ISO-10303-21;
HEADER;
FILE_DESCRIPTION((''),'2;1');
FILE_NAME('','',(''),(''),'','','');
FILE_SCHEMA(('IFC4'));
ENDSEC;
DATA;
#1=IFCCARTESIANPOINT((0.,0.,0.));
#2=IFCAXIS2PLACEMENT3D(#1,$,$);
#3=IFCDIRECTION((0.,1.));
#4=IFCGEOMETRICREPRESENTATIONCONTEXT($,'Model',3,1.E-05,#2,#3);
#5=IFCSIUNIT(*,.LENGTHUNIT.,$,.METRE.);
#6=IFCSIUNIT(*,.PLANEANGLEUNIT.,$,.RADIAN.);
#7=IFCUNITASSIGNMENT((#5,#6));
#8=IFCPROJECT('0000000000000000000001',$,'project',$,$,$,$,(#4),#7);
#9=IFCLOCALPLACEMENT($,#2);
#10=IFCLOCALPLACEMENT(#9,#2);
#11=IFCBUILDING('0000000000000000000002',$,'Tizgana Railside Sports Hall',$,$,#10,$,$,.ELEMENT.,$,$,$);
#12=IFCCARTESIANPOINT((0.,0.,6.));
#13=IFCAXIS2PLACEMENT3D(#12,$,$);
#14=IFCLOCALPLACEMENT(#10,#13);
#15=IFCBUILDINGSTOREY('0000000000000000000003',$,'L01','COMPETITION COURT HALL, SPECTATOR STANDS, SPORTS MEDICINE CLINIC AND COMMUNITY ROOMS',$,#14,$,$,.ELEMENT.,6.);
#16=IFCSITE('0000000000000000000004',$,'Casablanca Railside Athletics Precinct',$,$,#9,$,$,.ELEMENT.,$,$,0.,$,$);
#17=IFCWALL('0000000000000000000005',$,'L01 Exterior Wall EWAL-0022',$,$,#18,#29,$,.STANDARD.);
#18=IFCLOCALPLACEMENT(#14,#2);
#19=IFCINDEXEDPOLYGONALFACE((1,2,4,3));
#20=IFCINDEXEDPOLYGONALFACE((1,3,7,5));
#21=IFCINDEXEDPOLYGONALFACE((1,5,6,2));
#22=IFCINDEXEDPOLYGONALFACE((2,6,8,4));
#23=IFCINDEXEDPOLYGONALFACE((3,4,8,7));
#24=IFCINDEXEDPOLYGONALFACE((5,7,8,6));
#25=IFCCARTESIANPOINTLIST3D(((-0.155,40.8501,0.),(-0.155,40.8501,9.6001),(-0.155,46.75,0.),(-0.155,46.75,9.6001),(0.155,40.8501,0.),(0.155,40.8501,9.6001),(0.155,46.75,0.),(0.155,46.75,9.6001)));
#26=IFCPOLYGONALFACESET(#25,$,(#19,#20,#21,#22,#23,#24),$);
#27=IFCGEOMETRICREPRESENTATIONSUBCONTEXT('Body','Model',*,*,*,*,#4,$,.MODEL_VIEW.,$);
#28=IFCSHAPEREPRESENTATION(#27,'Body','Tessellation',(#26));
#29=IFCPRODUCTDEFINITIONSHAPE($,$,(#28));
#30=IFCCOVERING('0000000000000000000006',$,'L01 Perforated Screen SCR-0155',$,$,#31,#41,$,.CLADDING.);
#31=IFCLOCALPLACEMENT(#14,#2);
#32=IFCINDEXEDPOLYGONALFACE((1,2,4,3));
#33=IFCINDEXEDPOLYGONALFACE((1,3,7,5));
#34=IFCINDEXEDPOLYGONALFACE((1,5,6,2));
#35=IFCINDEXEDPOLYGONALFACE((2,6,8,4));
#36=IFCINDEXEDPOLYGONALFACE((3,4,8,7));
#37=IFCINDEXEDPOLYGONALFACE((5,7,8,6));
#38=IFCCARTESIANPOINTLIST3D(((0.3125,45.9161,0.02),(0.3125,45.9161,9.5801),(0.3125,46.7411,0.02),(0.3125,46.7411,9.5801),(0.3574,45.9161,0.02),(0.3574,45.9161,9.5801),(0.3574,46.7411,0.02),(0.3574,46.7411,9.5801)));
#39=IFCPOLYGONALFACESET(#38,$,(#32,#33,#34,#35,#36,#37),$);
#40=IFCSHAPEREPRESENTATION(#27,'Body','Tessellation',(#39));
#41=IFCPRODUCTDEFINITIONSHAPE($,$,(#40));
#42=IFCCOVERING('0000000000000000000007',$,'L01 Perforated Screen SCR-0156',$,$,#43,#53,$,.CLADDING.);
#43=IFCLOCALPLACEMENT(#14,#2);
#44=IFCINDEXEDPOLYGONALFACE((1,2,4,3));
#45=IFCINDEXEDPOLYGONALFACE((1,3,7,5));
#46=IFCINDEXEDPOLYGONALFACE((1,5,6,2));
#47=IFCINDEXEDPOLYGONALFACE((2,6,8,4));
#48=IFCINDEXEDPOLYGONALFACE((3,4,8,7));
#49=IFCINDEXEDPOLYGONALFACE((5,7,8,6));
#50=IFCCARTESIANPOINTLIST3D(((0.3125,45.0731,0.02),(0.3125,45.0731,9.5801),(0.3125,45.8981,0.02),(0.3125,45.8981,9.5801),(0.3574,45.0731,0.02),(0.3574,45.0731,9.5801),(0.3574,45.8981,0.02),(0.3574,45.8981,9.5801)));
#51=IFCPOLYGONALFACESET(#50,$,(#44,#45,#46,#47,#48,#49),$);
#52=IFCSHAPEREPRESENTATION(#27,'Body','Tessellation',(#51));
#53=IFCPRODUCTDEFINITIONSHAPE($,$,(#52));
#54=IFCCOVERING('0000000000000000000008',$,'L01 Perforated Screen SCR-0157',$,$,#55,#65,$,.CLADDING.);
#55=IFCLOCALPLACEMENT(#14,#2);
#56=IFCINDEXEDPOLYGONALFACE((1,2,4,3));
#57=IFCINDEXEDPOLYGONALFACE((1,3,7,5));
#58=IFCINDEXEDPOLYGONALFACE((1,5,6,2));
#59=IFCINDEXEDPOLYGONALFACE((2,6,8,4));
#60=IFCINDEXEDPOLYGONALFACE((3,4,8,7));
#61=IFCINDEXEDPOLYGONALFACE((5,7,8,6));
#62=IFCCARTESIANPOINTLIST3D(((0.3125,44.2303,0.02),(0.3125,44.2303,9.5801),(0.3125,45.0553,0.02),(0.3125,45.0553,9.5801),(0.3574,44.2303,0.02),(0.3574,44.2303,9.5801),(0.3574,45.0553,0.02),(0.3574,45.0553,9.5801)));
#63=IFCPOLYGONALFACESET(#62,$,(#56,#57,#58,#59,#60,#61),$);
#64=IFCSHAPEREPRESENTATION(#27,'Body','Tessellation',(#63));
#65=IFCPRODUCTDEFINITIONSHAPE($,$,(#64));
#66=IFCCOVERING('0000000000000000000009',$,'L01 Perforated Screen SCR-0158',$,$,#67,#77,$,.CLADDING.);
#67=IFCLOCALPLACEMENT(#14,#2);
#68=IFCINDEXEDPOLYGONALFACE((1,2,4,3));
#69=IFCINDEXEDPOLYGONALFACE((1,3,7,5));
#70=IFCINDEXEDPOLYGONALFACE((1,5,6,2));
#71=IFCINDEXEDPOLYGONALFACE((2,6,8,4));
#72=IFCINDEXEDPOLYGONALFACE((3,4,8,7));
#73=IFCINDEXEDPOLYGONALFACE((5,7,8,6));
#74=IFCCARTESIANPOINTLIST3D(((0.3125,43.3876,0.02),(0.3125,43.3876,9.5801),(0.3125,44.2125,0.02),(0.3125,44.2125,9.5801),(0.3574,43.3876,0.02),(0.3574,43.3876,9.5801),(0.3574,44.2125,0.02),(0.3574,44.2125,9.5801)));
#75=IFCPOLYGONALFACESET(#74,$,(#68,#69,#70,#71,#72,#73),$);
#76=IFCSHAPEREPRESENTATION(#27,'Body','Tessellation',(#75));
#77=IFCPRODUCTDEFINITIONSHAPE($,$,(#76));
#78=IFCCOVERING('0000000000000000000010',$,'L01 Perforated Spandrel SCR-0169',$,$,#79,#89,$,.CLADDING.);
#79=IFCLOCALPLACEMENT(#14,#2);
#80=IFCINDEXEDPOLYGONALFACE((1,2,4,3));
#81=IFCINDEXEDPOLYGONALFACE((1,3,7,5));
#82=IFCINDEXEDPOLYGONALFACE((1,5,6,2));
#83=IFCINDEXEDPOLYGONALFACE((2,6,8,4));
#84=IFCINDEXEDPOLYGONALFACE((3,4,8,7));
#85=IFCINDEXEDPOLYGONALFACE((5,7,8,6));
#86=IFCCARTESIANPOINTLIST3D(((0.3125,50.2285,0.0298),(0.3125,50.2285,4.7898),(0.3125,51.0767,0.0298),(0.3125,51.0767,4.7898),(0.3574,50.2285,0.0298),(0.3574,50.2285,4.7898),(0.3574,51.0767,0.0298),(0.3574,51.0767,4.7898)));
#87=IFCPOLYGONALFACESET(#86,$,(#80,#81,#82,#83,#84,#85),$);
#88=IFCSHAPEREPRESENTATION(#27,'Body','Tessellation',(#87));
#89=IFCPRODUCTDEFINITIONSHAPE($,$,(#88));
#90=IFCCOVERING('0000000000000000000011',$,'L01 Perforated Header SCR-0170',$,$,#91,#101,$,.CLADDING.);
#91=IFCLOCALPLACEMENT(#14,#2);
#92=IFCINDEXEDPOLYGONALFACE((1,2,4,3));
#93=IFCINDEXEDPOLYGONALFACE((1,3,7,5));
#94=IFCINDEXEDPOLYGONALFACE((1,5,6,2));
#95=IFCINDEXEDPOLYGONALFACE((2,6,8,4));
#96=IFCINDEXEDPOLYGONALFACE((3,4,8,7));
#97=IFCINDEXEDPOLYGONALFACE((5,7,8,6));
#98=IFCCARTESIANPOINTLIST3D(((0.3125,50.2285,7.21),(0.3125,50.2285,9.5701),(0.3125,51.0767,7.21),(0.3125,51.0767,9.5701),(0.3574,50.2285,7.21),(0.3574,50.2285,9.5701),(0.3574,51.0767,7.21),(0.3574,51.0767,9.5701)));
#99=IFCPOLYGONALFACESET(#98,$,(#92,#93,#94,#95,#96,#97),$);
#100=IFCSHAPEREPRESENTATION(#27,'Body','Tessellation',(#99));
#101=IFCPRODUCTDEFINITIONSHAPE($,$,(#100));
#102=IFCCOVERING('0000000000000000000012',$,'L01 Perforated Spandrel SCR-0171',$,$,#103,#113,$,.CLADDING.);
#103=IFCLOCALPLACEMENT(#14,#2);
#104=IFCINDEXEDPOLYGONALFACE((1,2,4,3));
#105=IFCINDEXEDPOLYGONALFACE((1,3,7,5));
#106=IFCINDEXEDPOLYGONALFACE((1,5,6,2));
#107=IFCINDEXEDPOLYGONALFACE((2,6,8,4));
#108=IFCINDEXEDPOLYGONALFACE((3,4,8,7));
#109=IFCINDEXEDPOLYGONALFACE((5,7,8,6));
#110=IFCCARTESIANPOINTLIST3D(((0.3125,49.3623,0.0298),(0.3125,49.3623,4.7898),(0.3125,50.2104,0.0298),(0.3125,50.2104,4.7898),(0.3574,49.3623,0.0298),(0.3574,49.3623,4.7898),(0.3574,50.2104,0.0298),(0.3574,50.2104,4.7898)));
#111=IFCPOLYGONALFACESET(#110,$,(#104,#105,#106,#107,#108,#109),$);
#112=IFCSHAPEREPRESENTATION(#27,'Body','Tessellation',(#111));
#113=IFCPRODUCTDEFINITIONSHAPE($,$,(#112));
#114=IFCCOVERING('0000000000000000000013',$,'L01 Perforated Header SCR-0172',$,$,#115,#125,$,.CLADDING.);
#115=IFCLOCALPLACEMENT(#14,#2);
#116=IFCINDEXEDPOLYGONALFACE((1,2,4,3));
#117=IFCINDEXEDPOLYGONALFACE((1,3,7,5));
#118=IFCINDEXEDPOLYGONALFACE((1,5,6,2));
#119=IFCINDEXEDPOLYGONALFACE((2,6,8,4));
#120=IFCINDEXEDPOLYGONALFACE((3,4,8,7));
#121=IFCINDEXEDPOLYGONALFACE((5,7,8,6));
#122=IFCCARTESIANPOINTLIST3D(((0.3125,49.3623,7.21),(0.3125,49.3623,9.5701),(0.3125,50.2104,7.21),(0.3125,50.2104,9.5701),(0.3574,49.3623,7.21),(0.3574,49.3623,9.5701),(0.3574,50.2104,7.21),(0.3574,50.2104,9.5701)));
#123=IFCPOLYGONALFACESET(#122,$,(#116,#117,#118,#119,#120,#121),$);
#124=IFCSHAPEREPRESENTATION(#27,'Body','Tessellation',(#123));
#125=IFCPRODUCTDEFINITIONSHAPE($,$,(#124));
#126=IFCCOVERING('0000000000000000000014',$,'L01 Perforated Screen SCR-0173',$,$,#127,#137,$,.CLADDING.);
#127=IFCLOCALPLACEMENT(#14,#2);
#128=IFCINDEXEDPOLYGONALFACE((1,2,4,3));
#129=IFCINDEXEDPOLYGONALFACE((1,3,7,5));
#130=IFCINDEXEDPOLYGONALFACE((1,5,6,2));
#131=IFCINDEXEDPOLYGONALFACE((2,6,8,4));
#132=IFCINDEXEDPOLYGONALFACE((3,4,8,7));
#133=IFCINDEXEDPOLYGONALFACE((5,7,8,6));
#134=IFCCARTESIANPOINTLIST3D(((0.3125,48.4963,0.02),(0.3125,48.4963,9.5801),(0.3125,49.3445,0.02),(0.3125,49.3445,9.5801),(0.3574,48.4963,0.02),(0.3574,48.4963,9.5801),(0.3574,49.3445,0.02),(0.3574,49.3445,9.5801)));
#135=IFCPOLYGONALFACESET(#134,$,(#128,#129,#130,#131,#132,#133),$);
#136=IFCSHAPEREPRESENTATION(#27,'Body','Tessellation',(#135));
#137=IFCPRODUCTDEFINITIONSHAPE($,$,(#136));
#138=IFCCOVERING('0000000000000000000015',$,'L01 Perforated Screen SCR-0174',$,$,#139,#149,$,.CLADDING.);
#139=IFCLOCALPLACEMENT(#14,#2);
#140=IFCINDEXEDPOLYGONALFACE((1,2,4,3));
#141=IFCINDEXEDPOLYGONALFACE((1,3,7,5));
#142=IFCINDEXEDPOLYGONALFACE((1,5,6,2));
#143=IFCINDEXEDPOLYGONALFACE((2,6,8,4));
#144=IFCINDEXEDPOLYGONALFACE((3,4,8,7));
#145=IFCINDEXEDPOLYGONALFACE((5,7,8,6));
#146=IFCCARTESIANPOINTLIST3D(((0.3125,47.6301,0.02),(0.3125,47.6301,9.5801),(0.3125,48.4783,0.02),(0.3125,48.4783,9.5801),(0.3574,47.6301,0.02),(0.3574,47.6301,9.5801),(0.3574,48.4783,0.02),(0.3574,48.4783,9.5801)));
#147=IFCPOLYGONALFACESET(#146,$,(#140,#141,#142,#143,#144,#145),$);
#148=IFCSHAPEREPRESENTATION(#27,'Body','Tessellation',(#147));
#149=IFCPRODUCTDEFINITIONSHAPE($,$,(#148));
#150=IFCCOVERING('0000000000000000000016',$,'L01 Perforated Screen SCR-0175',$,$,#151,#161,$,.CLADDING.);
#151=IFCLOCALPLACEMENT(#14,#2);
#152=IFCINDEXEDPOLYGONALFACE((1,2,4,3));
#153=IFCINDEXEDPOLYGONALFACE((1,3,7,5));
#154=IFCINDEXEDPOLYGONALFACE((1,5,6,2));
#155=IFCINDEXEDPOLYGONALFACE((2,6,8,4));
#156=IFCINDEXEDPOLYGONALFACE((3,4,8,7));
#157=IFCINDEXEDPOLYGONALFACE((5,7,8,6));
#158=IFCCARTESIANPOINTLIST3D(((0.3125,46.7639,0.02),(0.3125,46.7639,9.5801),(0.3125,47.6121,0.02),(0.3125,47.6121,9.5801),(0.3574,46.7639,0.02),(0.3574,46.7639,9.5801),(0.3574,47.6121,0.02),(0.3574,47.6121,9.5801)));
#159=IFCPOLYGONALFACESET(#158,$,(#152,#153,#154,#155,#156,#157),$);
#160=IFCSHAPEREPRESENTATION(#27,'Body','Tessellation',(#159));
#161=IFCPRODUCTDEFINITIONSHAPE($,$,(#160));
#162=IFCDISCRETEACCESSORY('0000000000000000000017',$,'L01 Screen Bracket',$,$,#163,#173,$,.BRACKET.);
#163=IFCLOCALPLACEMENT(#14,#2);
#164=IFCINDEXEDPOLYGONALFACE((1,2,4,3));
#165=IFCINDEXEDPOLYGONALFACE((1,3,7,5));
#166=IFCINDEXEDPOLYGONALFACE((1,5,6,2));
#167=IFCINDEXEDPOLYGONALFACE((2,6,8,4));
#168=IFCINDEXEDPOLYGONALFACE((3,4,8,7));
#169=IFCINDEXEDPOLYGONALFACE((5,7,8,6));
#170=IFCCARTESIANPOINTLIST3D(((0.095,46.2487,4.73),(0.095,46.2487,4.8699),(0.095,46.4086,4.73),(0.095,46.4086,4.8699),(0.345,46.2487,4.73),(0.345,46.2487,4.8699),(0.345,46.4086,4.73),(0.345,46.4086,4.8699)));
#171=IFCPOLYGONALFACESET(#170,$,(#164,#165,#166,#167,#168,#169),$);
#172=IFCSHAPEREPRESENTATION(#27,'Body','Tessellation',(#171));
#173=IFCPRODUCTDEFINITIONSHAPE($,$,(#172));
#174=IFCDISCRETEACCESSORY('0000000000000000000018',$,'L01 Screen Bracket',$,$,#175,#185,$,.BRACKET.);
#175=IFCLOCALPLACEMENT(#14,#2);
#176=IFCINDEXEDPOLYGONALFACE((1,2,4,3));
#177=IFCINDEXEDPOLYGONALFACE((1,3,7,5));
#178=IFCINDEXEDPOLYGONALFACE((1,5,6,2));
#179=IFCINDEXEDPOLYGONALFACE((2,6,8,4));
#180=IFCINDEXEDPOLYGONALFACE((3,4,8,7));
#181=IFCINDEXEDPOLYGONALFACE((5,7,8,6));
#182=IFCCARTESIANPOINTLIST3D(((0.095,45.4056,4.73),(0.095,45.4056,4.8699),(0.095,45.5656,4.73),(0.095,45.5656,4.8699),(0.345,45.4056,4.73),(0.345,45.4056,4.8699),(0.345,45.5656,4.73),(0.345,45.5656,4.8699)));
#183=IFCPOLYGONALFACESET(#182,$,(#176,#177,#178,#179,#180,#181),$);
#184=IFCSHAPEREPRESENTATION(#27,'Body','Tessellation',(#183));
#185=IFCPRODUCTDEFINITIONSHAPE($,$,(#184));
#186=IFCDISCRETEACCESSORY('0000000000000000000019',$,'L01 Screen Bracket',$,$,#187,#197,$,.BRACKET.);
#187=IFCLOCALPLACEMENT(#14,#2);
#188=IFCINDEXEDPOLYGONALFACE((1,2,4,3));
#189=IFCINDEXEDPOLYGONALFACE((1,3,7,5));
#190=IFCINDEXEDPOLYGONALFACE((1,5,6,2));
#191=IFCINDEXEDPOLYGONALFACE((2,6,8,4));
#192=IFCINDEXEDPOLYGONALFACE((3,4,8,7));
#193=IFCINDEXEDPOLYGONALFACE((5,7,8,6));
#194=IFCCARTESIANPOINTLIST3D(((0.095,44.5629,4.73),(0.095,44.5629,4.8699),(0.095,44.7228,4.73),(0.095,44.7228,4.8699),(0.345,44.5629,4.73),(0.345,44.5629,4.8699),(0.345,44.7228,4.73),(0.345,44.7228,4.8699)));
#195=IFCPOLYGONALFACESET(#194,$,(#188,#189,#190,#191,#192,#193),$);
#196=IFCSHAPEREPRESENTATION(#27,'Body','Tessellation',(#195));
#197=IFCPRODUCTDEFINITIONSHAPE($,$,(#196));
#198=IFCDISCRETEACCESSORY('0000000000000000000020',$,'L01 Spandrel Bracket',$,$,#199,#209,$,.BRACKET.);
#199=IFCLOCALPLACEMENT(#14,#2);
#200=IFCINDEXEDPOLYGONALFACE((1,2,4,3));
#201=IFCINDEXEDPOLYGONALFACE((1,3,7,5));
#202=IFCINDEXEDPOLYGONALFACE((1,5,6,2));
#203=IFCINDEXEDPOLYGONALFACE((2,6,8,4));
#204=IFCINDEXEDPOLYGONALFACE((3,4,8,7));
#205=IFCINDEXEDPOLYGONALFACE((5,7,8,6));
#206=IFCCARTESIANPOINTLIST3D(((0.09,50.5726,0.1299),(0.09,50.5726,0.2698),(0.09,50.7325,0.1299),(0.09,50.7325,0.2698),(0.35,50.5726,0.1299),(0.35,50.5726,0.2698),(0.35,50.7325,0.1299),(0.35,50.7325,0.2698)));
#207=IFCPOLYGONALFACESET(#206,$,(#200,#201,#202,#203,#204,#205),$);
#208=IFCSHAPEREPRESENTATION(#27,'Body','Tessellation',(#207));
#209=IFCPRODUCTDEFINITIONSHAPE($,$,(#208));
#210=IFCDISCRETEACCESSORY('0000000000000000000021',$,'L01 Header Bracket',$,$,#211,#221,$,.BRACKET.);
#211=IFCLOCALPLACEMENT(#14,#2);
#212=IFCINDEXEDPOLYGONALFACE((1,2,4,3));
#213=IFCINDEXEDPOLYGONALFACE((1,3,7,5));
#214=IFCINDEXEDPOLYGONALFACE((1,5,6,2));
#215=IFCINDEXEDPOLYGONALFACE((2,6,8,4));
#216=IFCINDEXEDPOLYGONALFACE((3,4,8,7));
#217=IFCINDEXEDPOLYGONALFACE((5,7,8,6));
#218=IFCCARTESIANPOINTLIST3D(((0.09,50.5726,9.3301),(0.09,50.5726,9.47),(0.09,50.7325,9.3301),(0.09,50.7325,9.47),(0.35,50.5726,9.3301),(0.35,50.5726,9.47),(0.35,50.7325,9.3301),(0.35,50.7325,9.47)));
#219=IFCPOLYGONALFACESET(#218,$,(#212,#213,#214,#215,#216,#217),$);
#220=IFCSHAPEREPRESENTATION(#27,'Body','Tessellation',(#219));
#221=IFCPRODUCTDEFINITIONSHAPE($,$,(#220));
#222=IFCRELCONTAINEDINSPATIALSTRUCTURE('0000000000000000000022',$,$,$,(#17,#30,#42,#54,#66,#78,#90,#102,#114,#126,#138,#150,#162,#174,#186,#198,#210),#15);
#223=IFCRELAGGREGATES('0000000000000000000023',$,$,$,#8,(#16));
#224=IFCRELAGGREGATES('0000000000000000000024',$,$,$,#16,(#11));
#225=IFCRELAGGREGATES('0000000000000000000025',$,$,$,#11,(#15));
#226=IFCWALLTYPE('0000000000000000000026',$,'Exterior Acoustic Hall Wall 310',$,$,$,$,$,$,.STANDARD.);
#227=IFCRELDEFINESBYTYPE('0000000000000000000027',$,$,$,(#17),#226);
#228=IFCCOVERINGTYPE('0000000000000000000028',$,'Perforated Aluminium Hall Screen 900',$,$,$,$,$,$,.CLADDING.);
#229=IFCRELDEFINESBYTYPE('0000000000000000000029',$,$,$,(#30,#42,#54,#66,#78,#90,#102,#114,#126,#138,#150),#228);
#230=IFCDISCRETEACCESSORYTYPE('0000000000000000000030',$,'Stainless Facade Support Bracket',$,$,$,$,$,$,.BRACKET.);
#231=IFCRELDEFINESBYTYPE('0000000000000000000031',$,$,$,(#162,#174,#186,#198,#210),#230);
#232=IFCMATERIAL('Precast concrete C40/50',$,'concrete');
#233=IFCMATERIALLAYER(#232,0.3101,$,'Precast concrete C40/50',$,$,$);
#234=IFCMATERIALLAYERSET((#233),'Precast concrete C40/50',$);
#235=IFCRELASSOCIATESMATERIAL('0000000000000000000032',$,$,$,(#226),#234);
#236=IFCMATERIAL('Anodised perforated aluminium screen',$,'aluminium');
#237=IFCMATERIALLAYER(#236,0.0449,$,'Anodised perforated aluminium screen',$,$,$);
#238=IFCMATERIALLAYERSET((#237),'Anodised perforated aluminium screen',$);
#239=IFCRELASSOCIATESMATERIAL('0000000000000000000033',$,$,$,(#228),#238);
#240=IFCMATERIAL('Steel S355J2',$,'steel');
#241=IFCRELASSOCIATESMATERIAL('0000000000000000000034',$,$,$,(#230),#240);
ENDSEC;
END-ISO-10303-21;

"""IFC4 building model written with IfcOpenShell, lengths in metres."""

from ifc_helpers import new_model, si_unit, direction, frame, frame_2d, origin, origin_2d, place, context, subcontext, project, spatial, rectangle, extrude, material, layer, layer_set, type_object, element, save


model = new_model("IFC4")

# Units and contexts
model_context = context("Model", 3, precision=1e-05, world=origin(), true_north=direction((0.0, 1.0)))
body_context = subcontext(model_context, "Body", "Model", "MODEL_VIEW")
ifc_project = project(units=[si_unit("LENGTHUNIT", "METRE"), si_unit("PLANEANGLEUNIT", "RADIAN")], contexts=[model_context])

# Site, building, storey
site_placement = place(None, origin())
site = spatial("IfcSite", under=ifc_project, at=site_placement, Name="Casablanca Railside Athletics Precinct", CompositionType="ELEMENT", RefElevation=0.0)
building_placement = place(site_placement, origin())
building = spatial("IfcBuilding", under=site, at=building_placement, Name="Tizgana Railside Sports Hall", CompositionType="ELEMENT")
storey_placement = place(building_placement, frame((0.0, 0.0, 6.0)))
storey = spatial("IfcBuildingStorey", under=building, at=storey_placement, Name="L01", Description="COMPETITION COURT HALL, SPECTATOR STANDS, SPORTS MEDICINE CLINIC AND COMMUNITY ROOMS", CompositionType="ELEMENT", Elevation=6.0)

# Shared definitions
ifc_material_1 = material(Name="Steel S355J2", Category="steel")

# Wall
ifc_material_2 = material(Name="Precast concrete C40/50", Category="concrete")
ifc_layer_1 = layer(ifc_material_2, 0.3101, Name="Precast concrete C40/50")
ifc_layer_set_1 = layer_set([ifc_layer_1], Name="Precast concrete C40/50")
wall_type = type_object("IfcWallType", Name="Exterior Acoustic Hall Wall 310", PredefinedType="STANDARD", material=ifc_layer_set_1)
wall_placement = place(storey_placement, frame((0.0, 46.75, 0.0), z_axis=(0.0, 0.0, 1.0), x_axis=(0.0, -1.0, 0.0)))
element("IfcWall", 1, at=wall_placement, inside=storey, type_object=wall_type, Name="L01 Exterior Wall EWAL-0022", PredefinedType="STANDARD", context=body_context, shape_type="SweptSolid", body=[
    extrude(rectangle(XDim=5.8999, YDim=0.3101, at=frame_2d((2.95, 0.0))), origin(), (0.0, 0.0, 1.0), 9.6001),
])

# Coverings
ifc_material_3 = material(Name="Anodised perforated aluminium screen", Category="aluminium")
ifc_layer_2 = layer(ifc_material_3, 0.0449, Name="Anodised perforated aluminium screen")
ifc_layer_set_2 = layer_set([ifc_layer_2], Name="Anodised perforated aluminium screen")
covering_type = type_object("IfcCoveringType", Name="Perforated Aluminium Hall Screen 900", PredefinedType="CLADDING", material=ifc_layer_set_2)
for number, where, z_axis, x_axis, name in (
    (2, (0.335, 46.3286, 0.02), (0.0, 0.0, 1.0), (0.0, -1.0, 0.0), "L01 Perforated Screen SCR-0155"),
    (3, (0.335, 45.4856, 0.02), (0.0, 0.0, 1.0), (0.0, -1.0, 0.0), "L01 Perforated Screen SCR-0156"),
    (4, (0.335, 44.6428, 0.02), (0.0, 0.0, 1.0), (0.0, -1.0, 0.0), "L01 Perforated Screen SCR-0157"),
    (5, (0.335, 43.8, 0.02), (0.0, 0.0, 1.0), (0.0, -1.0, 0.0), "L01 Perforated Screen SCR-0158"),
):
    element("IfcCovering", number, at=place(storey_placement, frame(where, z_axis=z_axis, x_axis=x_axis)), inside=storey, type_object=covering_type, Name=name, PredefinedType="CLADDING", context=body_context, shape_type="SweptSolid", body=[
        extrude(rectangle(XDim=0.825, YDim=0.0449, at=origin_2d()), origin(), (0.0, 0.0, 1.0), 9.5601),
    ])
covering_1_placement = place(storey_placement, frame((0.335, 50.6526, 0.0298), z_axis=(0.0, 0.0, 1.0), x_axis=(0.0, -1.0, 0.0)))
element("IfcCovering", 6, at=covering_1_placement, inside=storey, type_object=covering_type, Name="L01 Perforated Spandrel SCR-0169", PredefinedType="CLADDING", context=body_context, shape_type="SweptSolid", body=[
    extrude(rectangle(XDim=0.8481, YDim=0.0449, at=origin_2d()), origin(), (0.0, 0.0, 1.0), 4.76),
])
covering_2_placement = place(storey_placement, frame((0.335, 50.6526, 7.21), z_axis=(0.0, 0.0, 1.0), x_axis=(0.0, -1.0, 0.0)))
element("IfcCovering", 7, at=covering_2_placement, inside=storey, type_object=covering_type, Name="L01 Perforated Header SCR-0170", PredefinedType="CLADDING", context=body_context, shape_type="SweptSolid", body=[
    extrude(rectangle(XDim=0.8481, YDim=0.0449, at=origin_2d()), origin(), (0.0, 0.0, 1.0), 2.3601),
])
covering_3_placement = place(storey_placement, frame((0.335, 49.7864, 0.0298), z_axis=(0.0, 0.0, 1.0), x_axis=(0.0, -1.0, 0.0)))
element("IfcCovering", 8, at=covering_3_placement, inside=storey, type_object=covering_type, Name="L01 Perforated Spandrel SCR-0171", PredefinedType="CLADDING", context=body_context, shape_type="SweptSolid", body=[
    extrude(rectangle(XDim=0.8481, YDim=0.0449, at=origin_2d()), origin(), (0.0, 0.0, 1.0), 4.76),
])
covering_4_placement = place(storey_placement, frame((0.335, 49.7864, 7.21), z_axis=(0.0, 0.0, 1.0), x_axis=(0.0, -1.0, 0.0)))
element("IfcCovering", 9, at=covering_4_placement, inside=storey, type_object=covering_type, Name="L01 Perforated Header SCR-0172", PredefinedType="CLADDING", context=body_context, shape_type="SweptSolid", body=[
    extrude(rectangle(XDim=0.8481, YDim=0.0449, at=origin_2d()), origin(), (0.0, 0.0, 1.0), 2.3601),
])
for number, where, z_axis, x_axis, name in (
    (10, (0.335, 48.9204, 0.02), (0.0, 0.0, 1.0), (0.0, -1.0, 0.0), "L01 Perforated Screen SCR-0173"),
    (11, (0.335, 48.0542, 0.02), (0.0, 0.0, 1.0), (0.0, -1.0, 0.0), "L01 Perforated Screen SCR-0174"),
    (12, (0.335, 47.188, 0.02), (0.0, 0.0, 1.0), (0.0, -1.0, 0.0), "L01 Perforated Screen SCR-0175"),
):
    element("IfcCovering", number, at=place(storey_placement, frame(where, z_axis=z_axis, x_axis=x_axis)), inside=storey, type_object=covering_type, Name=name, PredefinedType="CLADDING", context=body_context, shape_type="SweptSolid", body=[
        extrude(rectangle(XDim=0.8481, YDim=0.0449, at=origin_2d()), origin(), (0.0, 0.0, 1.0), 9.5601),
    ])

# Discrete accessories
discrete_accessory_type = type_object("IfcDiscreteAccessoryType", Name="Stainless Facade Support Bracket", PredefinedType="BRACKET", material=ifc_material_1)
for number, where, z_axis, x_axis, name in (
    (13, (0.22, 46.3286, 4.73), (0.0, 0.0, 1.0), (0.0, -1.0, 0.0), "L01 Screen Bracket"),
    (14, (0.22, 45.4856, 4.73), (0.0, 0.0, 1.0), (0.0, -1.0, 0.0), "L01 Screen Bracket"),
    (15, (0.22, 44.6428, 4.73), (0.0, 0.0, 1.0), (0.0, -1.0, 0.0), "L01 Screen Bracket"),
):
    element("IfcDiscreteAccessory", number, at=place(storey_placement, frame(where, z_axis=z_axis, x_axis=x_axis)), inside=storey, type_object=discrete_accessory_type, Name=name, PredefinedType="BRACKET", context=body_context, shape_type="SweptSolid", body=[
        extrude(rectangle(XDim=0.1599, YDim=0.25, at=origin_2d()), origin(), (0.0, 0.0, 1.0), 0.1399),
    ])
for number, where, z_axis, x_axis, name in (
    (16, (0.22, 50.6526, 0.1299), (0.0, 0.0, 1.0), (0.0, -1.0, 0.0), "L01 Spandrel Bracket"),
    (17, (0.22, 50.6526, 9.3301), (0.0, 0.0, 1.0), (0.0, -1.0, 0.0), "L01 Header Bracket"),
):
    element("IfcDiscreteAccessory", number, at=place(storey_placement, frame(where, z_axis=z_axis, x_axis=x_axis)), inside=storey, type_object=discrete_accessory_type, Name=name, PredefinedType="BRACKET", context=body_context, shape_type="SweptSolid", body=[
        extrude(rectangle(XDim=0.1599, YDim=0.26, at=origin_2d()), origin(), (0.0, 0.0, 1.0), 0.1399),
    ])

save(model, "model.ifc")
